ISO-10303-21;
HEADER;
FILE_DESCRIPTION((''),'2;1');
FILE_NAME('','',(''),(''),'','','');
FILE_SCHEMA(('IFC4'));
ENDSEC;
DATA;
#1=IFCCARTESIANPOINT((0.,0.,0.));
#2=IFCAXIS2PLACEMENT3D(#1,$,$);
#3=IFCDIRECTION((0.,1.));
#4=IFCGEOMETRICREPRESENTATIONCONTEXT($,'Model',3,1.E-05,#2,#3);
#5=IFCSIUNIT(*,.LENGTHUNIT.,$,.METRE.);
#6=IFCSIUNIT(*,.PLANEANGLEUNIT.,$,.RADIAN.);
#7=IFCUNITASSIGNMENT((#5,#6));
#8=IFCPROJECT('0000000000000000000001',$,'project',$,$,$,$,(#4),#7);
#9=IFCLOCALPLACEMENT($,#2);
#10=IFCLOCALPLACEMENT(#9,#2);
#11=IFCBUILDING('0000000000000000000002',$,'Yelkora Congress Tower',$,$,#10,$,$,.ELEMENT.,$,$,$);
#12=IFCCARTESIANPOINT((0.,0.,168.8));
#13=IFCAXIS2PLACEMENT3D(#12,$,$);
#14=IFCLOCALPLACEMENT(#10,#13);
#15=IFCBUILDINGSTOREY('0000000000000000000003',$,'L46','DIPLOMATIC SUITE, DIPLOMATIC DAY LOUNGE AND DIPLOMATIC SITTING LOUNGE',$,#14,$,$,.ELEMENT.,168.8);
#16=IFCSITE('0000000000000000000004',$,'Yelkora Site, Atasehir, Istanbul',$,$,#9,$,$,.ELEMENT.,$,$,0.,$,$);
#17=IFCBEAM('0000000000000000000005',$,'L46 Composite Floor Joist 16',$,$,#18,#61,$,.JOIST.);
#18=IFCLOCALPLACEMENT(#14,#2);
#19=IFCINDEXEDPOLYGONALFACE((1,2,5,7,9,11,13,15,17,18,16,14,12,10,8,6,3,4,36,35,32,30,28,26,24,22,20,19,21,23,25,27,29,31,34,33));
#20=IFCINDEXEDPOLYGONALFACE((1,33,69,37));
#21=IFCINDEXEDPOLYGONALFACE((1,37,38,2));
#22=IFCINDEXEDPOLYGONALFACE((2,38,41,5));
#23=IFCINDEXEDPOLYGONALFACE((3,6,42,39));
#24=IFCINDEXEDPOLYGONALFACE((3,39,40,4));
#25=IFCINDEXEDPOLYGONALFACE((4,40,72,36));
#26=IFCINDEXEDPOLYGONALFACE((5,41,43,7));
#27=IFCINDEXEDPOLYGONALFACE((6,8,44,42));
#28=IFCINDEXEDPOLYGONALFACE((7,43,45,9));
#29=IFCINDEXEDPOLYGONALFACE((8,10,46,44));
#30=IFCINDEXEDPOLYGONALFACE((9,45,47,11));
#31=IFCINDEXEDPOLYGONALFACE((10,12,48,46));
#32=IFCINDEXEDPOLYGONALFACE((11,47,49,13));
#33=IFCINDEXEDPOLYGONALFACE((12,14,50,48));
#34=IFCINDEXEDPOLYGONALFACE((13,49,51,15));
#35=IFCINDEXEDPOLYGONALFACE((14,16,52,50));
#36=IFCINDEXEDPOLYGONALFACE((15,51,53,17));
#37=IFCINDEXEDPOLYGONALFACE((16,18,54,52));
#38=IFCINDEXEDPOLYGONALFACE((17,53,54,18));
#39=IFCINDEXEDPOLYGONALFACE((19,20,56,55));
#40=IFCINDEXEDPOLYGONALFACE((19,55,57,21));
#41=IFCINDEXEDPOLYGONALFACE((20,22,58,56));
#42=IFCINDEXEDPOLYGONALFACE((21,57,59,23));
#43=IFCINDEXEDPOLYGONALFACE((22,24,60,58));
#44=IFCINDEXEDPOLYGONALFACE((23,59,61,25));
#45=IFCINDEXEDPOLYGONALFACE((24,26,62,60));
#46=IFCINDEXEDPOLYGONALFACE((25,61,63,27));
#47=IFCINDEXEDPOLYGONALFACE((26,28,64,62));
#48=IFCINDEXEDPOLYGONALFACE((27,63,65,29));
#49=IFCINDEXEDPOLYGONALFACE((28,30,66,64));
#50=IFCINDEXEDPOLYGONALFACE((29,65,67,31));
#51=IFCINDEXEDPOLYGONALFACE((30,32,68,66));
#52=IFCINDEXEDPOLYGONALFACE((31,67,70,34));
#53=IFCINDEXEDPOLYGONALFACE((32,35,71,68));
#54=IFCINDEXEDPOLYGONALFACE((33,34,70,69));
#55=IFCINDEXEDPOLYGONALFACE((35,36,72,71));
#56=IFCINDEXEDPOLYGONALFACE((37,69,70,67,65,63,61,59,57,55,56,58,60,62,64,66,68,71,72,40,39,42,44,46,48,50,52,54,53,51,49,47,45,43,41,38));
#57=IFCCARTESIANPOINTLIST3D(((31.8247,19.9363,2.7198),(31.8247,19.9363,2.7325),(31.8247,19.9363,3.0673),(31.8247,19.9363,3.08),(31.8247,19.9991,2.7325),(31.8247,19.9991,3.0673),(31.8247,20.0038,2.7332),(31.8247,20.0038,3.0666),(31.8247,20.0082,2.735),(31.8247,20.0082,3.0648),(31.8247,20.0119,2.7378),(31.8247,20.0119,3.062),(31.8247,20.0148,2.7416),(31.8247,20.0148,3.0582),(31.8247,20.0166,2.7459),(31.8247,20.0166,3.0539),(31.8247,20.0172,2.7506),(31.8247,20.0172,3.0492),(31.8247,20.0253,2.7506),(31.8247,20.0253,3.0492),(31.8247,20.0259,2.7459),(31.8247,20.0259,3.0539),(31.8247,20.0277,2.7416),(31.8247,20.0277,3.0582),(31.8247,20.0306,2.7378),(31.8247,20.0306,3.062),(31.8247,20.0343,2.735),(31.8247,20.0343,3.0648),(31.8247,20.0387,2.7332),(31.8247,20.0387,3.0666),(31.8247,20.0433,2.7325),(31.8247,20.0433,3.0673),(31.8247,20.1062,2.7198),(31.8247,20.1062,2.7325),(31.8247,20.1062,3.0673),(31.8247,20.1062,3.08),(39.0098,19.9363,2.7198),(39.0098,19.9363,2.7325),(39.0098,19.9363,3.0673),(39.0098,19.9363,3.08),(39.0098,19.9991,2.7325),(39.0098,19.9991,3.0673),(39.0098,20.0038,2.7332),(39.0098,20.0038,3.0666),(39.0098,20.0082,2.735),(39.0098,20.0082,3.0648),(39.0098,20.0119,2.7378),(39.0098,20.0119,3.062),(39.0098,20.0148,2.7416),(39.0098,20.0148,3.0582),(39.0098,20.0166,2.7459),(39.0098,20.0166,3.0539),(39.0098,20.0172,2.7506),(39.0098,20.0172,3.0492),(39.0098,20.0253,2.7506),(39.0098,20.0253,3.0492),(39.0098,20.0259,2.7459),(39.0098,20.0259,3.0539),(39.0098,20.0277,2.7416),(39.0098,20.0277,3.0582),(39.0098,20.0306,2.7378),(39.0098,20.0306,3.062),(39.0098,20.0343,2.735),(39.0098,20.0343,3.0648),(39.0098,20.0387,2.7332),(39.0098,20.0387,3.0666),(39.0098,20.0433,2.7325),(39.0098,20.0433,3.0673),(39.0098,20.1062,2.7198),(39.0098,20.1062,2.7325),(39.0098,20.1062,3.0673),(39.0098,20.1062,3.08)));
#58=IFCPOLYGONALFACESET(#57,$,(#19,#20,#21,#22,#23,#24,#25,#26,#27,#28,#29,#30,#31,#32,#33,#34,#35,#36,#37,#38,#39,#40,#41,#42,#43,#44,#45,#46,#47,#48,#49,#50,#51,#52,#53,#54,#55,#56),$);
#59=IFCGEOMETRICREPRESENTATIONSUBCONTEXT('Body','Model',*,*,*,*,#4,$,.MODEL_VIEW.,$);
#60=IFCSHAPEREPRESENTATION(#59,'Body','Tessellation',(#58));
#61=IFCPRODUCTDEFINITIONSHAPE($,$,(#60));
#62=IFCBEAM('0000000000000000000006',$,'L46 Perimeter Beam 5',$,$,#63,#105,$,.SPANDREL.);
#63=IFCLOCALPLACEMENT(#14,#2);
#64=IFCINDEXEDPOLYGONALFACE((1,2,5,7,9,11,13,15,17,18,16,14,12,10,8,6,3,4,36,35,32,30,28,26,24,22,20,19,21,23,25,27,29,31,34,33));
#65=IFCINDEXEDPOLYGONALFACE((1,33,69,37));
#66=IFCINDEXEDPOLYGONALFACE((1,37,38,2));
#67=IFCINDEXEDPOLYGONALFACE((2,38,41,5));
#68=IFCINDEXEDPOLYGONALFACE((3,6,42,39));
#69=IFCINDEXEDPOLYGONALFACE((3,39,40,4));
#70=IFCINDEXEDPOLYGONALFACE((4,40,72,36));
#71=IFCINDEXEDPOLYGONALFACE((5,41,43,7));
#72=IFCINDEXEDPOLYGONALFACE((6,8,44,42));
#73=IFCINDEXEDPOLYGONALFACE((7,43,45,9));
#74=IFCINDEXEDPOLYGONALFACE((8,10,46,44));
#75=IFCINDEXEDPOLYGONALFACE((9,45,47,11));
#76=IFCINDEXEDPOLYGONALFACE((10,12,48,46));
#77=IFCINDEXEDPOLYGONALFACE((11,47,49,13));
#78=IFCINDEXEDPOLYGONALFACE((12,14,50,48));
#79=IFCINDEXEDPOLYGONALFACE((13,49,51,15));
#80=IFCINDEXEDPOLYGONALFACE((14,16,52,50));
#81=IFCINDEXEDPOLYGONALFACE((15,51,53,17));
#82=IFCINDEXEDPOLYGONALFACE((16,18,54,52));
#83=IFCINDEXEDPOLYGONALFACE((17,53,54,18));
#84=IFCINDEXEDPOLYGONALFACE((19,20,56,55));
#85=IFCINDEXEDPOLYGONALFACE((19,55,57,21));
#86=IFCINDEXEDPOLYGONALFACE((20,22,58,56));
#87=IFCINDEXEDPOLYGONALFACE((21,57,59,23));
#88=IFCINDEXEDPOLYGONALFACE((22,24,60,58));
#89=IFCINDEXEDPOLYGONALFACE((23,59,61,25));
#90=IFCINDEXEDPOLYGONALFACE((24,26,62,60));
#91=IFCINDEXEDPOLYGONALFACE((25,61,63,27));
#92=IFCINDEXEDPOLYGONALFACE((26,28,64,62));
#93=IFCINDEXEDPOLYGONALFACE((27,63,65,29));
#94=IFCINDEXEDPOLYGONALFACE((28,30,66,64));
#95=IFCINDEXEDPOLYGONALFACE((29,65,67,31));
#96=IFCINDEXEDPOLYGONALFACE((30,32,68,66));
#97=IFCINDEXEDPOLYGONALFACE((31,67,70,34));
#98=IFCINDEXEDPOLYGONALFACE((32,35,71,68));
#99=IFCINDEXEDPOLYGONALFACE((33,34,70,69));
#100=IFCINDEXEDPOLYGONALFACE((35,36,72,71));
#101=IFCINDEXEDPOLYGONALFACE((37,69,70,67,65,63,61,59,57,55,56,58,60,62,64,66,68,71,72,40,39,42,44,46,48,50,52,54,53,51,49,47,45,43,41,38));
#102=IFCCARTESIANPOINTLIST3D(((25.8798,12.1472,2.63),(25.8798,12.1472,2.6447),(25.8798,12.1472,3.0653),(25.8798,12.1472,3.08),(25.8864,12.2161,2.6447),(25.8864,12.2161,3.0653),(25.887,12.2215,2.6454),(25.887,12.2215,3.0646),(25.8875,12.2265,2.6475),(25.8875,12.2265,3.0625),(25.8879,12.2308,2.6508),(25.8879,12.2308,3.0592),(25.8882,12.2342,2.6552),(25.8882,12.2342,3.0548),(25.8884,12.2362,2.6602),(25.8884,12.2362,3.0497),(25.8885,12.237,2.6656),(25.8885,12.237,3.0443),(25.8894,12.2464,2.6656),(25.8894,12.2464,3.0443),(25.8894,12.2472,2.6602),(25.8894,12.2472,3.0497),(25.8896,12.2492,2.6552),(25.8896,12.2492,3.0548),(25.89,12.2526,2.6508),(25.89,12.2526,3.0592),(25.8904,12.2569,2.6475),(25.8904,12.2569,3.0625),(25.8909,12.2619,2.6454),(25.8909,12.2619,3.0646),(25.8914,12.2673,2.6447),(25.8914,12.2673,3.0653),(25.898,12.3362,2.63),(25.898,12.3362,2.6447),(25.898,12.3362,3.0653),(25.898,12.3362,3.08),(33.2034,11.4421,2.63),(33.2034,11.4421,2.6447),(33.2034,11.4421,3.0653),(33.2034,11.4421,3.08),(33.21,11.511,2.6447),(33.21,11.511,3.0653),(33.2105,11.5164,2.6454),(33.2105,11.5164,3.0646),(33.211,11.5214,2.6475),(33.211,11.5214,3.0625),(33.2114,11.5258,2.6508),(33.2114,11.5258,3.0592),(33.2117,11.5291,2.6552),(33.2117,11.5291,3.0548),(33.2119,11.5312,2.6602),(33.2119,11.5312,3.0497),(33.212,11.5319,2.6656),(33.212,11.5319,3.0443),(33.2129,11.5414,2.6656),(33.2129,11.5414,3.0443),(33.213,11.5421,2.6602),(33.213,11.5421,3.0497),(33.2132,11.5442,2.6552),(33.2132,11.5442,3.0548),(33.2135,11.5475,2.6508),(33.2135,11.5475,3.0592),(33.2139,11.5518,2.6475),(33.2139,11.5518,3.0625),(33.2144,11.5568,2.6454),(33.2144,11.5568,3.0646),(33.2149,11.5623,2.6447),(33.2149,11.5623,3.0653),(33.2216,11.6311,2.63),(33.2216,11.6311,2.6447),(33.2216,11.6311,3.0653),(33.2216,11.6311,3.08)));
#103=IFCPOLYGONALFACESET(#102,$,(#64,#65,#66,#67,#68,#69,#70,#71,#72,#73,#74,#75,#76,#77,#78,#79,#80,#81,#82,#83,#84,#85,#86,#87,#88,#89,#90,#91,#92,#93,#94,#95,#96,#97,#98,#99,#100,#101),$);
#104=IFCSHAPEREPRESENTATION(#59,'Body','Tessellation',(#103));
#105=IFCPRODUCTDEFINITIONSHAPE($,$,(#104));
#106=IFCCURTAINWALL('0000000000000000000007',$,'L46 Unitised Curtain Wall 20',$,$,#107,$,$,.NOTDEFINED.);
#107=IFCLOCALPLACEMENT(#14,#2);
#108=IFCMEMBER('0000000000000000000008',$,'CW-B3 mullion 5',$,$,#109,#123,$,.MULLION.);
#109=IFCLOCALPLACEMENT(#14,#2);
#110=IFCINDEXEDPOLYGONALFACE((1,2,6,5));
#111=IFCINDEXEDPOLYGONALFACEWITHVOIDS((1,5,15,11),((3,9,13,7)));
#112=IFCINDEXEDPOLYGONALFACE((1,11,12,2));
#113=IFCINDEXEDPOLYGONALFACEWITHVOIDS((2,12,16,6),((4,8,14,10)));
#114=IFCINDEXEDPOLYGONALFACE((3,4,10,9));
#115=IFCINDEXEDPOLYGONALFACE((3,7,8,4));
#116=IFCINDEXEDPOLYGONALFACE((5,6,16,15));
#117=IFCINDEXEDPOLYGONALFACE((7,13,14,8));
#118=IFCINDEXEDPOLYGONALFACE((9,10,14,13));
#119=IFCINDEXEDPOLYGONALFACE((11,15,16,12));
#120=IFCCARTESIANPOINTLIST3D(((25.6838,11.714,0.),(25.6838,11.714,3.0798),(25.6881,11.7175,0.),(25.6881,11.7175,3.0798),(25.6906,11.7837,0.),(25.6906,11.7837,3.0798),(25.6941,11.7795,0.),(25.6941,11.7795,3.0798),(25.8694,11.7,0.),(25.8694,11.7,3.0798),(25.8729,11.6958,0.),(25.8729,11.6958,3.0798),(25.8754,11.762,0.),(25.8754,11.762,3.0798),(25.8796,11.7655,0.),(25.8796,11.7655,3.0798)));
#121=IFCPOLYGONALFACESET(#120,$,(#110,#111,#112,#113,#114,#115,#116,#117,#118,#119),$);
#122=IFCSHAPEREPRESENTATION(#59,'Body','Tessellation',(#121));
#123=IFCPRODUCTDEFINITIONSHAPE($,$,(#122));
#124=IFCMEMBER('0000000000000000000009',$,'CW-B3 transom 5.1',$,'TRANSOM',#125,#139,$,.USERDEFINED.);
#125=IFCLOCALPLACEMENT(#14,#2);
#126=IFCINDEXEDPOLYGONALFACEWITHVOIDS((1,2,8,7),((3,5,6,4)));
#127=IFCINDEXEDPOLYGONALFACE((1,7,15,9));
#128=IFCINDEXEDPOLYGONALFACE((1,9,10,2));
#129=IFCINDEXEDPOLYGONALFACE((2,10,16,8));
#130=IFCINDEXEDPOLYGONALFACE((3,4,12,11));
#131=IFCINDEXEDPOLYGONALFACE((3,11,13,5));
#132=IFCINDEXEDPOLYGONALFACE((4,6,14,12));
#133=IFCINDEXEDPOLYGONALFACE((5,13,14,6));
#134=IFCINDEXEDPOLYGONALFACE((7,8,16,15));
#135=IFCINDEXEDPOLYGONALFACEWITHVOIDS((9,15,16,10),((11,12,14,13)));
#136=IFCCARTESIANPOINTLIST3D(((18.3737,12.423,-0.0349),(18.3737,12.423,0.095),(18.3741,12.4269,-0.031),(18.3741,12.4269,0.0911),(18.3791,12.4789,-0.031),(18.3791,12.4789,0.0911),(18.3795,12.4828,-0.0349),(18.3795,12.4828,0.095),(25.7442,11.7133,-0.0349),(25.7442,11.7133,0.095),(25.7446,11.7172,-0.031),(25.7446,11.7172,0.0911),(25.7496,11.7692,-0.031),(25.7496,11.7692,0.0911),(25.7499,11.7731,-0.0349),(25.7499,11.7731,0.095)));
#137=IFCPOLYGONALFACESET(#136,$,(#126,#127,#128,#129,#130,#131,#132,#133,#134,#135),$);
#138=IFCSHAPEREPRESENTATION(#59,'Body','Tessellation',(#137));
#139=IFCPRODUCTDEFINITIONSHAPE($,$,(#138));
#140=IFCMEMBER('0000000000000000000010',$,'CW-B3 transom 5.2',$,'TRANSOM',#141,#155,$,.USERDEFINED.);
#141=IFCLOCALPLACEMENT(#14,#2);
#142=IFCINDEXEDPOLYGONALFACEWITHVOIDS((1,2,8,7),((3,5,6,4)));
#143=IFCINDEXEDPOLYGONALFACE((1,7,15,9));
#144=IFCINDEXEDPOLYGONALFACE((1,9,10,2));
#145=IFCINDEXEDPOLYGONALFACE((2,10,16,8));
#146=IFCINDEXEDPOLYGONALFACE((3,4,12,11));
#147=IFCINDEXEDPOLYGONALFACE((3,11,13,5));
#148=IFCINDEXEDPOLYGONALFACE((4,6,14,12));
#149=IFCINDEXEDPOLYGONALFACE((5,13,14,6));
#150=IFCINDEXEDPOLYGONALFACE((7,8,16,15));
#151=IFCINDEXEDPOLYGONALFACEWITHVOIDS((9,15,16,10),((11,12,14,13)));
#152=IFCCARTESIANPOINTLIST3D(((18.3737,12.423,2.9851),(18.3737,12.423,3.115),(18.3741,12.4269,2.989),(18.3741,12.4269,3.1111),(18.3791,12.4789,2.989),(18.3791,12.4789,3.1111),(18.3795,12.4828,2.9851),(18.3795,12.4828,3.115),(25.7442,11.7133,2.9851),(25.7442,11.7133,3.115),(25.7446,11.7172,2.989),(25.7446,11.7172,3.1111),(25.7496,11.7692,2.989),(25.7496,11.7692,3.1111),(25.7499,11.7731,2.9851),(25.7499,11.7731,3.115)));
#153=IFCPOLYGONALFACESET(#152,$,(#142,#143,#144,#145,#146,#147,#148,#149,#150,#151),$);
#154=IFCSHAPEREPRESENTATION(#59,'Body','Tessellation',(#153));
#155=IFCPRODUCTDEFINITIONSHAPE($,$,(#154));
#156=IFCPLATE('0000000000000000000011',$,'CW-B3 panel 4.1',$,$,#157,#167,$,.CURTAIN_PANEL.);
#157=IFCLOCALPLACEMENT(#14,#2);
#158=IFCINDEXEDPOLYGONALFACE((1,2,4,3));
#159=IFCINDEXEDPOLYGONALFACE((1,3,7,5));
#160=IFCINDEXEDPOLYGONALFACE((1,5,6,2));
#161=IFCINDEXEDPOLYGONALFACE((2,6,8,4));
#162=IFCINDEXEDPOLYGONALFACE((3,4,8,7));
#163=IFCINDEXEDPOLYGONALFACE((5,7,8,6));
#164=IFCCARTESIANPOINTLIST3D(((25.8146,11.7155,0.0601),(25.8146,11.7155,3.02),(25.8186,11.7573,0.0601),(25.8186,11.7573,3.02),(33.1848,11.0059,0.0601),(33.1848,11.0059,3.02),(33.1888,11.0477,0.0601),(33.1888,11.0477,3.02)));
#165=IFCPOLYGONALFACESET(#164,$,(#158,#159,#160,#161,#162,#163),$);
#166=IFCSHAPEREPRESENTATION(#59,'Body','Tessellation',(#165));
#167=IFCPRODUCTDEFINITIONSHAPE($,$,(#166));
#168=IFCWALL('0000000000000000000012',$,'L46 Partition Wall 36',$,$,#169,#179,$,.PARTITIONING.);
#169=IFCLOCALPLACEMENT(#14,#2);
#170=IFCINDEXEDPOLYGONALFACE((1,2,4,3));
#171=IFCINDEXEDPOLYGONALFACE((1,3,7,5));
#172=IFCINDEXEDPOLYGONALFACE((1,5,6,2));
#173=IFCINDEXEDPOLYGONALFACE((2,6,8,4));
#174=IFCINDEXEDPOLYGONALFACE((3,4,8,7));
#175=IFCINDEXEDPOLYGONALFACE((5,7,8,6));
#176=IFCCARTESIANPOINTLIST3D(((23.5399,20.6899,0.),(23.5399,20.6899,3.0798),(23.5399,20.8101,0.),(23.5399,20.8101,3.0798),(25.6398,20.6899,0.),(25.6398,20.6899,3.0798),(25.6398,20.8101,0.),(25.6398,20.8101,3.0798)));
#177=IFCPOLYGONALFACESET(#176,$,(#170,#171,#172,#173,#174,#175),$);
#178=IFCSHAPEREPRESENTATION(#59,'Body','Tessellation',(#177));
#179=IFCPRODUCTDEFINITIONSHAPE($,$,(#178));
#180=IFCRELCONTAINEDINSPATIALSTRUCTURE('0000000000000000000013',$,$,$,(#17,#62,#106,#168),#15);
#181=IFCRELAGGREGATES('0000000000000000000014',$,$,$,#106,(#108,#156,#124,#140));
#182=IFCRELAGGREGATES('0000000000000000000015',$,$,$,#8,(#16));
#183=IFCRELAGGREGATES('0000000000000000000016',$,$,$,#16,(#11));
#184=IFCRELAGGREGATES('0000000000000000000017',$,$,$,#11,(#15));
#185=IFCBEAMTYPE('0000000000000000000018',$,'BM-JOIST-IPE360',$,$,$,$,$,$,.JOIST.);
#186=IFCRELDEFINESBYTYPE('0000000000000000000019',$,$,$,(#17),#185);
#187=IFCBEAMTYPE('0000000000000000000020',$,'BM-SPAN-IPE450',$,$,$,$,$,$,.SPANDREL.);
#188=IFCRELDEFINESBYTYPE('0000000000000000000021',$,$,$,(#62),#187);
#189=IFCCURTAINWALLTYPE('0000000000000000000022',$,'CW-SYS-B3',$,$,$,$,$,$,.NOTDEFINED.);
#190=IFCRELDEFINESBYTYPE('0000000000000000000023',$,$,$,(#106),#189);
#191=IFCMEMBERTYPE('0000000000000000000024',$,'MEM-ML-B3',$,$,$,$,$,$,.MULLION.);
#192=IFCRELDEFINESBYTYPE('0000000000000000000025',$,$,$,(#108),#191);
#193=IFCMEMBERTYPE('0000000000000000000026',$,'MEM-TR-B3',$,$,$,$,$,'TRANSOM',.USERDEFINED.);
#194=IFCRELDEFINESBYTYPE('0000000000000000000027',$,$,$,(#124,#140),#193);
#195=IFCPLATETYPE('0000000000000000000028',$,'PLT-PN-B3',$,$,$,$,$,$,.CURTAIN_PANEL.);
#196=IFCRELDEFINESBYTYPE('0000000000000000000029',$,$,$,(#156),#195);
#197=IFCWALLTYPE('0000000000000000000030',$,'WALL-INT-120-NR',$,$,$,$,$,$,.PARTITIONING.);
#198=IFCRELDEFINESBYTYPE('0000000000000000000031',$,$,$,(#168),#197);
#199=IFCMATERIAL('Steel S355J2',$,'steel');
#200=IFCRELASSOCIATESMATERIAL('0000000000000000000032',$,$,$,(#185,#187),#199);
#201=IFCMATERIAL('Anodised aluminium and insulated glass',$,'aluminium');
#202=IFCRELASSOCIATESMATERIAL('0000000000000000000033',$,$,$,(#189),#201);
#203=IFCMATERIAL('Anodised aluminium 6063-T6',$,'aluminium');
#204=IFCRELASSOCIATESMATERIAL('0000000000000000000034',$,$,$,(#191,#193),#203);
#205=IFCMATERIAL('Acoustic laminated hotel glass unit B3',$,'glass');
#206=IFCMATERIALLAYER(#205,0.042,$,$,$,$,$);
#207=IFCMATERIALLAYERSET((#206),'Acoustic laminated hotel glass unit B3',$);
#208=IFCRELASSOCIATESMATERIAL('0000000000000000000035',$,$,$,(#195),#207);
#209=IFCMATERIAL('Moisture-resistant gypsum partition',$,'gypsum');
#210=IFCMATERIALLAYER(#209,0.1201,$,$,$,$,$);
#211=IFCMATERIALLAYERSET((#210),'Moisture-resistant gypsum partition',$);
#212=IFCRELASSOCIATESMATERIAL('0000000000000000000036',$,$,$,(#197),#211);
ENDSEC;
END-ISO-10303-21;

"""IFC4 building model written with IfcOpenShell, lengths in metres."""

from ifc_helpers import new_model, si_unit, direction, frame, frame_2d, origin, origin_2d, place, context, subcontext, project, spatial, rectangle, hollow_rectangle, i_section, extrude, material, layer, layer_set, material_profile, profile_set, type_object, element, aggregate, save


model = new_model("IFC4")

# Units and contexts
model_context = context("Model", 3, precision=1e-05, world=origin(), true_north=direction((0.0, 1.0)))
body_context = subcontext(model_context, "Body", "Model", "MODEL_VIEW")
ifc_project = project(units=[si_unit("LENGTHUNIT", "METRE"), si_unit("PLANEANGLEUNIT", "RADIAN")], contexts=[model_context])

# Site, building, storey
site_placement = place(None, origin())
site = spatial("IfcSite", under=ifc_project, at=site_placement, Name="Yelkora Site, Atasehir, Istanbul", CompositionType="ELEMENT", RefElevation=0.0)
building_placement = place(site_placement, origin())
building = spatial("IfcBuilding", under=site, at=building_placement, Name="Yelkora Congress Tower", CompositionType="ELEMENT")
storey_placement = place(building_placement, frame((0.0, 0.0, 168.8)))
storey = spatial("IfcBuildingStorey", under=building, at=storey_placement, Name="L46", Description="DIPLOMATIC SUITE, DIPLOMATIC DAY LOUNGE AND DIPLOMATIC SITTING LOUNGE", CompositionType="ELEMENT", Elevation=168.8)

# Beams
ifc_material_1 = material(Name="Steel S355J2", Category="steel")
ifc_material_profile_1 = material_profile(ifc_material_1, i_section(OverallWidth=0.1699, OverallDepth=0.3601, WebThickness=0.0081, FlangeThickness=0.0127, FilletRadius=0.0181, at=origin_2d()), Name="IPE 360")
ifc_profile_set_1 = profile_set([ifc_material_profile_1], Name="Steel S355J2")
beam_type_1 = type_object("IfcBeamType", Name="BM-JOIST-IPE360", PredefinedType="JOIST", material=ifc_profile_set_1)
beam_1_placement = place(storey_placement, frame((31.8247, 20.0212, 2.8999), z_axis=(1.0, 0.0, 0.0), x_axis=(0.0, 1.0, 0.0)))
element("IfcBeam", 1, at=beam_1_placement, inside=storey, type_object=beam_type_1, Name="L46 Composite Floor Joist 16", PredefinedType="JOIST", context=body_context, shape_type="SweptSolid", body=[
    extrude(i_section(OverallWidth=0.1699, OverallDepth=0.3601, WebThickness=0.0081, FlangeThickness=0.0127, FilletRadius=0.0181, at=origin_2d()), origin(), (0.0, 0.0, 1.0), 7.1851),
])
ifc_material_profile_2 = material_profile(ifc_material_1, i_section(OverallWidth=0.1899, OverallDepth=0.45, WebThickness=0.0095, FlangeThickness=0.0146, FilletRadius=0.021, at=origin_2d()), Name="IPE 450")
ifc_profile_set_2 = profile_set([ifc_material_profile_2], Name="Steel S355J2")
beam_type_2 = type_object("IfcBeamType", Name="BM-SPAN-IPE450", PredefinedType="SPANDREL", material=ifc_profile_set_2)
beam_2_placement = place(storey_placement, frame((25.8889, 12.2417, 2.855), z_axis=(0.995397, -0.095833, 0.0), x_axis=(0.095833, 0.995397, 0.0)))
element("IfcBeam", 2, at=beam_2_placement, inside=storey, type_object=beam_type_2, Name="L46 Perimeter Beam 5", PredefinedType="SPANDREL", context=body_context, shape_type="SweptSolid", body=[
    extrude(i_section(OverallWidth=0.1899, OverallDepth=0.45, WebThickness=0.0095, FlangeThickness=0.0146, FilletRadius=0.021, at=origin_2d()), origin(), (0.0, 0.0, 1.0), 7.3574),
])

# Curtain wall, members, plate
ifc_material_2 = material(Name="Anodised aluminium and insulated glass", Category="aluminium")
curtain_wall_type = type_object("IfcCurtainWallType", Name="CW-SYS-B3", PredefinedType="NOTDEFINED", material=ifc_material_2)
curtain_wall_placement = place(storey_placement, origin())
curtain_wall = element("IfcCurtainWall", 3, at=curtain_wall_placement, inside=storey, type_object=curtain_wall_type, Name="L46 Unitised Curtain Wall 20", PredefinedType="NOTDEFINED")
ifc_material_3 = material(Name="Anodised aluminium 6063-T6", Category="aluminium")
ifc_material_profile_3 = material_profile(ifc_material_3, hollow_rectangle(XDim=0.0701, YDim=0.1899, WallThickness=0.0039, at=origin_2d()), Name="ALU 70x190x4")
ifc_profile_set_3 = profile_set([ifc_material_profile_3], Name="Anodised aluminium 6063-T6")
member_type_1 = type_object("IfcMemberType", Name="MEM-ML-B3", PredefinedType="MULLION", material=ifc_profile_set_3)
member_1_placement = place(storey_placement, frame((25.7817, 11.7397, 0.0), z_axis=(0.0, 0.0, 1.0), x_axis=(-0.095845, -0.995396, 0.0)))
member_1 = element("IfcMember", 4, at=member_1_placement, type_object=member_type_1, Name="CW-B3 mullion 5", PredefinedType="MULLION", context=body_context, shape_type="SweptSolid", body=[
    extrude(hollow_rectangle(XDim=0.0701, YDim=0.1899, WallThickness=0.0039, at=origin_2d()), origin(), (0.0, 0.0, 1.0), 3.0798),
])
ifc_material_profile_4 = material_profile(ifc_material_3, hollow_rectangle(XDim=0.0601, YDim=0.1299, WallThickness=0.0039, at=origin_2d()), Name="ALU 60x130x4")
ifc_profile_set_4 = profile_set([ifc_material_profile_4], Name="Anodised aluminium 6063-T6")
member_type_2 = type_object("IfcMemberType", Name="MEM-TR-B3", ElementType="TRANSOM", PredefinedType="USERDEFINED", material=ifc_profile_set_4)
member_2_placement = place(storey_placement, frame((25.7471, 11.7432, 0.03), z_axis=(-0.995396, 0.09585, 0.0), x_axis=(-0.09585, -0.995396, 0.0)))
member_2 = element("IfcMember", 5, at=member_2_placement, type_object=member_type_2, Name="CW-B3 transom 5.1", ObjectType="TRANSOM", PredefinedType="USERDEFINED", context=body_context, shape_type="SweptSolid", body=[
    extrude(hollow_rectangle(XDim=0.0601, YDim=0.1299, WallThickness=0.0039, at=origin_2d()), origin(), (0.0, 0.0, 1.0), 7.4045),
])
member_3_placement = place(storey_placement, frame((25.7471, 11.7432, 3.05), z_axis=(-0.995396, 0.09585, 0.0), x_axis=(-0.09585, -0.995396, 0.0)))
member_3 = element("IfcMember", 6, at=member_3_placement, type_object=member_type_2, Name="CW-B3 transom 5.2", ObjectType="TRANSOM", PredefinedType="USERDEFINED", context=body_context, shape_type="SweptSolid", body=[
    extrude(hollow_rectangle(XDim=0.0601, YDim=0.1299, WallThickness=0.0039, at=origin_2d()), origin(), (0.0, 0.0, 1.0), 7.4045),
])
ifc_material_4 = material(Name="Acoustic laminated hotel glass unit B3", Category="glass")
ifc_layer_1 = layer(ifc_material_4, 0.042)
ifc_layer_set_1 = layer_set([ifc_layer_1], Name="Acoustic laminated hotel glass unit B3")
plate_type = type_object("IfcPlateType", Name="PLT-PN-B3", PredefinedType="CURTAIN_PANEL", material=ifc_layer_set_1)
plate_placement = place(storey_placement, frame((29.5017, 11.3816, 0.0601), z_axis=(0.0, 0.0, 1.0), x_axis=(-0.995396, 0.095845, 0.0)))
plate = element("IfcPlate", 7, at=plate_placement, type_object=plate_type, Name="CW-B3 panel 4.1", PredefinedType="CURTAIN_PANEL", context=body_context, shape_type="SweptSolid", body=[
    extrude(rectangle(XDim=7.4043, YDim=0.042, at=origin_2d()), origin(), (0.0, 0.0, 1.0), 2.96),
])
aggregate(curtain_wall, [member_1, plate, member_2, member_3])

# Wall
ifc_material_5 = material(Name="Moisture-resistant gypsum partition", Category="gypsum")
ifc_layer_2 = layer(ifc_material_5, 0.1201)
ifc_layer_set_2 = layer_set([ifc_layer_2], Name="Moisture-resistant gypsum partition")
wall_type_1 = type_object("IfcWallType", Name="WALL-INT-120-NR", PredefinedType="PARTITIONING", material=ifc_layer_set_2)
wall_1_placement = place(storey_placement, frame((23.54, 20.75, 0.0), z_axis=(0.0, 0.0, 1.0), x_axis=(1.0, 0.0, 0.0)))
element("IfcWall", 8, at=wall_1_placement, inside=storey, type_object=wall_type_1, Name="L46 Partition Wall 36", PredefinedType="PARTITIONING", context=body_context, shape_type="SweptSolid", body=[
    extrude(rectangle(XDim=2.0999, YDim=0.1201, at=frame_2d((1.0498, 0.0))), origin(), (0.0, 0.0, 1.0), 3.0798),
])

save(model, "model.ifc")
